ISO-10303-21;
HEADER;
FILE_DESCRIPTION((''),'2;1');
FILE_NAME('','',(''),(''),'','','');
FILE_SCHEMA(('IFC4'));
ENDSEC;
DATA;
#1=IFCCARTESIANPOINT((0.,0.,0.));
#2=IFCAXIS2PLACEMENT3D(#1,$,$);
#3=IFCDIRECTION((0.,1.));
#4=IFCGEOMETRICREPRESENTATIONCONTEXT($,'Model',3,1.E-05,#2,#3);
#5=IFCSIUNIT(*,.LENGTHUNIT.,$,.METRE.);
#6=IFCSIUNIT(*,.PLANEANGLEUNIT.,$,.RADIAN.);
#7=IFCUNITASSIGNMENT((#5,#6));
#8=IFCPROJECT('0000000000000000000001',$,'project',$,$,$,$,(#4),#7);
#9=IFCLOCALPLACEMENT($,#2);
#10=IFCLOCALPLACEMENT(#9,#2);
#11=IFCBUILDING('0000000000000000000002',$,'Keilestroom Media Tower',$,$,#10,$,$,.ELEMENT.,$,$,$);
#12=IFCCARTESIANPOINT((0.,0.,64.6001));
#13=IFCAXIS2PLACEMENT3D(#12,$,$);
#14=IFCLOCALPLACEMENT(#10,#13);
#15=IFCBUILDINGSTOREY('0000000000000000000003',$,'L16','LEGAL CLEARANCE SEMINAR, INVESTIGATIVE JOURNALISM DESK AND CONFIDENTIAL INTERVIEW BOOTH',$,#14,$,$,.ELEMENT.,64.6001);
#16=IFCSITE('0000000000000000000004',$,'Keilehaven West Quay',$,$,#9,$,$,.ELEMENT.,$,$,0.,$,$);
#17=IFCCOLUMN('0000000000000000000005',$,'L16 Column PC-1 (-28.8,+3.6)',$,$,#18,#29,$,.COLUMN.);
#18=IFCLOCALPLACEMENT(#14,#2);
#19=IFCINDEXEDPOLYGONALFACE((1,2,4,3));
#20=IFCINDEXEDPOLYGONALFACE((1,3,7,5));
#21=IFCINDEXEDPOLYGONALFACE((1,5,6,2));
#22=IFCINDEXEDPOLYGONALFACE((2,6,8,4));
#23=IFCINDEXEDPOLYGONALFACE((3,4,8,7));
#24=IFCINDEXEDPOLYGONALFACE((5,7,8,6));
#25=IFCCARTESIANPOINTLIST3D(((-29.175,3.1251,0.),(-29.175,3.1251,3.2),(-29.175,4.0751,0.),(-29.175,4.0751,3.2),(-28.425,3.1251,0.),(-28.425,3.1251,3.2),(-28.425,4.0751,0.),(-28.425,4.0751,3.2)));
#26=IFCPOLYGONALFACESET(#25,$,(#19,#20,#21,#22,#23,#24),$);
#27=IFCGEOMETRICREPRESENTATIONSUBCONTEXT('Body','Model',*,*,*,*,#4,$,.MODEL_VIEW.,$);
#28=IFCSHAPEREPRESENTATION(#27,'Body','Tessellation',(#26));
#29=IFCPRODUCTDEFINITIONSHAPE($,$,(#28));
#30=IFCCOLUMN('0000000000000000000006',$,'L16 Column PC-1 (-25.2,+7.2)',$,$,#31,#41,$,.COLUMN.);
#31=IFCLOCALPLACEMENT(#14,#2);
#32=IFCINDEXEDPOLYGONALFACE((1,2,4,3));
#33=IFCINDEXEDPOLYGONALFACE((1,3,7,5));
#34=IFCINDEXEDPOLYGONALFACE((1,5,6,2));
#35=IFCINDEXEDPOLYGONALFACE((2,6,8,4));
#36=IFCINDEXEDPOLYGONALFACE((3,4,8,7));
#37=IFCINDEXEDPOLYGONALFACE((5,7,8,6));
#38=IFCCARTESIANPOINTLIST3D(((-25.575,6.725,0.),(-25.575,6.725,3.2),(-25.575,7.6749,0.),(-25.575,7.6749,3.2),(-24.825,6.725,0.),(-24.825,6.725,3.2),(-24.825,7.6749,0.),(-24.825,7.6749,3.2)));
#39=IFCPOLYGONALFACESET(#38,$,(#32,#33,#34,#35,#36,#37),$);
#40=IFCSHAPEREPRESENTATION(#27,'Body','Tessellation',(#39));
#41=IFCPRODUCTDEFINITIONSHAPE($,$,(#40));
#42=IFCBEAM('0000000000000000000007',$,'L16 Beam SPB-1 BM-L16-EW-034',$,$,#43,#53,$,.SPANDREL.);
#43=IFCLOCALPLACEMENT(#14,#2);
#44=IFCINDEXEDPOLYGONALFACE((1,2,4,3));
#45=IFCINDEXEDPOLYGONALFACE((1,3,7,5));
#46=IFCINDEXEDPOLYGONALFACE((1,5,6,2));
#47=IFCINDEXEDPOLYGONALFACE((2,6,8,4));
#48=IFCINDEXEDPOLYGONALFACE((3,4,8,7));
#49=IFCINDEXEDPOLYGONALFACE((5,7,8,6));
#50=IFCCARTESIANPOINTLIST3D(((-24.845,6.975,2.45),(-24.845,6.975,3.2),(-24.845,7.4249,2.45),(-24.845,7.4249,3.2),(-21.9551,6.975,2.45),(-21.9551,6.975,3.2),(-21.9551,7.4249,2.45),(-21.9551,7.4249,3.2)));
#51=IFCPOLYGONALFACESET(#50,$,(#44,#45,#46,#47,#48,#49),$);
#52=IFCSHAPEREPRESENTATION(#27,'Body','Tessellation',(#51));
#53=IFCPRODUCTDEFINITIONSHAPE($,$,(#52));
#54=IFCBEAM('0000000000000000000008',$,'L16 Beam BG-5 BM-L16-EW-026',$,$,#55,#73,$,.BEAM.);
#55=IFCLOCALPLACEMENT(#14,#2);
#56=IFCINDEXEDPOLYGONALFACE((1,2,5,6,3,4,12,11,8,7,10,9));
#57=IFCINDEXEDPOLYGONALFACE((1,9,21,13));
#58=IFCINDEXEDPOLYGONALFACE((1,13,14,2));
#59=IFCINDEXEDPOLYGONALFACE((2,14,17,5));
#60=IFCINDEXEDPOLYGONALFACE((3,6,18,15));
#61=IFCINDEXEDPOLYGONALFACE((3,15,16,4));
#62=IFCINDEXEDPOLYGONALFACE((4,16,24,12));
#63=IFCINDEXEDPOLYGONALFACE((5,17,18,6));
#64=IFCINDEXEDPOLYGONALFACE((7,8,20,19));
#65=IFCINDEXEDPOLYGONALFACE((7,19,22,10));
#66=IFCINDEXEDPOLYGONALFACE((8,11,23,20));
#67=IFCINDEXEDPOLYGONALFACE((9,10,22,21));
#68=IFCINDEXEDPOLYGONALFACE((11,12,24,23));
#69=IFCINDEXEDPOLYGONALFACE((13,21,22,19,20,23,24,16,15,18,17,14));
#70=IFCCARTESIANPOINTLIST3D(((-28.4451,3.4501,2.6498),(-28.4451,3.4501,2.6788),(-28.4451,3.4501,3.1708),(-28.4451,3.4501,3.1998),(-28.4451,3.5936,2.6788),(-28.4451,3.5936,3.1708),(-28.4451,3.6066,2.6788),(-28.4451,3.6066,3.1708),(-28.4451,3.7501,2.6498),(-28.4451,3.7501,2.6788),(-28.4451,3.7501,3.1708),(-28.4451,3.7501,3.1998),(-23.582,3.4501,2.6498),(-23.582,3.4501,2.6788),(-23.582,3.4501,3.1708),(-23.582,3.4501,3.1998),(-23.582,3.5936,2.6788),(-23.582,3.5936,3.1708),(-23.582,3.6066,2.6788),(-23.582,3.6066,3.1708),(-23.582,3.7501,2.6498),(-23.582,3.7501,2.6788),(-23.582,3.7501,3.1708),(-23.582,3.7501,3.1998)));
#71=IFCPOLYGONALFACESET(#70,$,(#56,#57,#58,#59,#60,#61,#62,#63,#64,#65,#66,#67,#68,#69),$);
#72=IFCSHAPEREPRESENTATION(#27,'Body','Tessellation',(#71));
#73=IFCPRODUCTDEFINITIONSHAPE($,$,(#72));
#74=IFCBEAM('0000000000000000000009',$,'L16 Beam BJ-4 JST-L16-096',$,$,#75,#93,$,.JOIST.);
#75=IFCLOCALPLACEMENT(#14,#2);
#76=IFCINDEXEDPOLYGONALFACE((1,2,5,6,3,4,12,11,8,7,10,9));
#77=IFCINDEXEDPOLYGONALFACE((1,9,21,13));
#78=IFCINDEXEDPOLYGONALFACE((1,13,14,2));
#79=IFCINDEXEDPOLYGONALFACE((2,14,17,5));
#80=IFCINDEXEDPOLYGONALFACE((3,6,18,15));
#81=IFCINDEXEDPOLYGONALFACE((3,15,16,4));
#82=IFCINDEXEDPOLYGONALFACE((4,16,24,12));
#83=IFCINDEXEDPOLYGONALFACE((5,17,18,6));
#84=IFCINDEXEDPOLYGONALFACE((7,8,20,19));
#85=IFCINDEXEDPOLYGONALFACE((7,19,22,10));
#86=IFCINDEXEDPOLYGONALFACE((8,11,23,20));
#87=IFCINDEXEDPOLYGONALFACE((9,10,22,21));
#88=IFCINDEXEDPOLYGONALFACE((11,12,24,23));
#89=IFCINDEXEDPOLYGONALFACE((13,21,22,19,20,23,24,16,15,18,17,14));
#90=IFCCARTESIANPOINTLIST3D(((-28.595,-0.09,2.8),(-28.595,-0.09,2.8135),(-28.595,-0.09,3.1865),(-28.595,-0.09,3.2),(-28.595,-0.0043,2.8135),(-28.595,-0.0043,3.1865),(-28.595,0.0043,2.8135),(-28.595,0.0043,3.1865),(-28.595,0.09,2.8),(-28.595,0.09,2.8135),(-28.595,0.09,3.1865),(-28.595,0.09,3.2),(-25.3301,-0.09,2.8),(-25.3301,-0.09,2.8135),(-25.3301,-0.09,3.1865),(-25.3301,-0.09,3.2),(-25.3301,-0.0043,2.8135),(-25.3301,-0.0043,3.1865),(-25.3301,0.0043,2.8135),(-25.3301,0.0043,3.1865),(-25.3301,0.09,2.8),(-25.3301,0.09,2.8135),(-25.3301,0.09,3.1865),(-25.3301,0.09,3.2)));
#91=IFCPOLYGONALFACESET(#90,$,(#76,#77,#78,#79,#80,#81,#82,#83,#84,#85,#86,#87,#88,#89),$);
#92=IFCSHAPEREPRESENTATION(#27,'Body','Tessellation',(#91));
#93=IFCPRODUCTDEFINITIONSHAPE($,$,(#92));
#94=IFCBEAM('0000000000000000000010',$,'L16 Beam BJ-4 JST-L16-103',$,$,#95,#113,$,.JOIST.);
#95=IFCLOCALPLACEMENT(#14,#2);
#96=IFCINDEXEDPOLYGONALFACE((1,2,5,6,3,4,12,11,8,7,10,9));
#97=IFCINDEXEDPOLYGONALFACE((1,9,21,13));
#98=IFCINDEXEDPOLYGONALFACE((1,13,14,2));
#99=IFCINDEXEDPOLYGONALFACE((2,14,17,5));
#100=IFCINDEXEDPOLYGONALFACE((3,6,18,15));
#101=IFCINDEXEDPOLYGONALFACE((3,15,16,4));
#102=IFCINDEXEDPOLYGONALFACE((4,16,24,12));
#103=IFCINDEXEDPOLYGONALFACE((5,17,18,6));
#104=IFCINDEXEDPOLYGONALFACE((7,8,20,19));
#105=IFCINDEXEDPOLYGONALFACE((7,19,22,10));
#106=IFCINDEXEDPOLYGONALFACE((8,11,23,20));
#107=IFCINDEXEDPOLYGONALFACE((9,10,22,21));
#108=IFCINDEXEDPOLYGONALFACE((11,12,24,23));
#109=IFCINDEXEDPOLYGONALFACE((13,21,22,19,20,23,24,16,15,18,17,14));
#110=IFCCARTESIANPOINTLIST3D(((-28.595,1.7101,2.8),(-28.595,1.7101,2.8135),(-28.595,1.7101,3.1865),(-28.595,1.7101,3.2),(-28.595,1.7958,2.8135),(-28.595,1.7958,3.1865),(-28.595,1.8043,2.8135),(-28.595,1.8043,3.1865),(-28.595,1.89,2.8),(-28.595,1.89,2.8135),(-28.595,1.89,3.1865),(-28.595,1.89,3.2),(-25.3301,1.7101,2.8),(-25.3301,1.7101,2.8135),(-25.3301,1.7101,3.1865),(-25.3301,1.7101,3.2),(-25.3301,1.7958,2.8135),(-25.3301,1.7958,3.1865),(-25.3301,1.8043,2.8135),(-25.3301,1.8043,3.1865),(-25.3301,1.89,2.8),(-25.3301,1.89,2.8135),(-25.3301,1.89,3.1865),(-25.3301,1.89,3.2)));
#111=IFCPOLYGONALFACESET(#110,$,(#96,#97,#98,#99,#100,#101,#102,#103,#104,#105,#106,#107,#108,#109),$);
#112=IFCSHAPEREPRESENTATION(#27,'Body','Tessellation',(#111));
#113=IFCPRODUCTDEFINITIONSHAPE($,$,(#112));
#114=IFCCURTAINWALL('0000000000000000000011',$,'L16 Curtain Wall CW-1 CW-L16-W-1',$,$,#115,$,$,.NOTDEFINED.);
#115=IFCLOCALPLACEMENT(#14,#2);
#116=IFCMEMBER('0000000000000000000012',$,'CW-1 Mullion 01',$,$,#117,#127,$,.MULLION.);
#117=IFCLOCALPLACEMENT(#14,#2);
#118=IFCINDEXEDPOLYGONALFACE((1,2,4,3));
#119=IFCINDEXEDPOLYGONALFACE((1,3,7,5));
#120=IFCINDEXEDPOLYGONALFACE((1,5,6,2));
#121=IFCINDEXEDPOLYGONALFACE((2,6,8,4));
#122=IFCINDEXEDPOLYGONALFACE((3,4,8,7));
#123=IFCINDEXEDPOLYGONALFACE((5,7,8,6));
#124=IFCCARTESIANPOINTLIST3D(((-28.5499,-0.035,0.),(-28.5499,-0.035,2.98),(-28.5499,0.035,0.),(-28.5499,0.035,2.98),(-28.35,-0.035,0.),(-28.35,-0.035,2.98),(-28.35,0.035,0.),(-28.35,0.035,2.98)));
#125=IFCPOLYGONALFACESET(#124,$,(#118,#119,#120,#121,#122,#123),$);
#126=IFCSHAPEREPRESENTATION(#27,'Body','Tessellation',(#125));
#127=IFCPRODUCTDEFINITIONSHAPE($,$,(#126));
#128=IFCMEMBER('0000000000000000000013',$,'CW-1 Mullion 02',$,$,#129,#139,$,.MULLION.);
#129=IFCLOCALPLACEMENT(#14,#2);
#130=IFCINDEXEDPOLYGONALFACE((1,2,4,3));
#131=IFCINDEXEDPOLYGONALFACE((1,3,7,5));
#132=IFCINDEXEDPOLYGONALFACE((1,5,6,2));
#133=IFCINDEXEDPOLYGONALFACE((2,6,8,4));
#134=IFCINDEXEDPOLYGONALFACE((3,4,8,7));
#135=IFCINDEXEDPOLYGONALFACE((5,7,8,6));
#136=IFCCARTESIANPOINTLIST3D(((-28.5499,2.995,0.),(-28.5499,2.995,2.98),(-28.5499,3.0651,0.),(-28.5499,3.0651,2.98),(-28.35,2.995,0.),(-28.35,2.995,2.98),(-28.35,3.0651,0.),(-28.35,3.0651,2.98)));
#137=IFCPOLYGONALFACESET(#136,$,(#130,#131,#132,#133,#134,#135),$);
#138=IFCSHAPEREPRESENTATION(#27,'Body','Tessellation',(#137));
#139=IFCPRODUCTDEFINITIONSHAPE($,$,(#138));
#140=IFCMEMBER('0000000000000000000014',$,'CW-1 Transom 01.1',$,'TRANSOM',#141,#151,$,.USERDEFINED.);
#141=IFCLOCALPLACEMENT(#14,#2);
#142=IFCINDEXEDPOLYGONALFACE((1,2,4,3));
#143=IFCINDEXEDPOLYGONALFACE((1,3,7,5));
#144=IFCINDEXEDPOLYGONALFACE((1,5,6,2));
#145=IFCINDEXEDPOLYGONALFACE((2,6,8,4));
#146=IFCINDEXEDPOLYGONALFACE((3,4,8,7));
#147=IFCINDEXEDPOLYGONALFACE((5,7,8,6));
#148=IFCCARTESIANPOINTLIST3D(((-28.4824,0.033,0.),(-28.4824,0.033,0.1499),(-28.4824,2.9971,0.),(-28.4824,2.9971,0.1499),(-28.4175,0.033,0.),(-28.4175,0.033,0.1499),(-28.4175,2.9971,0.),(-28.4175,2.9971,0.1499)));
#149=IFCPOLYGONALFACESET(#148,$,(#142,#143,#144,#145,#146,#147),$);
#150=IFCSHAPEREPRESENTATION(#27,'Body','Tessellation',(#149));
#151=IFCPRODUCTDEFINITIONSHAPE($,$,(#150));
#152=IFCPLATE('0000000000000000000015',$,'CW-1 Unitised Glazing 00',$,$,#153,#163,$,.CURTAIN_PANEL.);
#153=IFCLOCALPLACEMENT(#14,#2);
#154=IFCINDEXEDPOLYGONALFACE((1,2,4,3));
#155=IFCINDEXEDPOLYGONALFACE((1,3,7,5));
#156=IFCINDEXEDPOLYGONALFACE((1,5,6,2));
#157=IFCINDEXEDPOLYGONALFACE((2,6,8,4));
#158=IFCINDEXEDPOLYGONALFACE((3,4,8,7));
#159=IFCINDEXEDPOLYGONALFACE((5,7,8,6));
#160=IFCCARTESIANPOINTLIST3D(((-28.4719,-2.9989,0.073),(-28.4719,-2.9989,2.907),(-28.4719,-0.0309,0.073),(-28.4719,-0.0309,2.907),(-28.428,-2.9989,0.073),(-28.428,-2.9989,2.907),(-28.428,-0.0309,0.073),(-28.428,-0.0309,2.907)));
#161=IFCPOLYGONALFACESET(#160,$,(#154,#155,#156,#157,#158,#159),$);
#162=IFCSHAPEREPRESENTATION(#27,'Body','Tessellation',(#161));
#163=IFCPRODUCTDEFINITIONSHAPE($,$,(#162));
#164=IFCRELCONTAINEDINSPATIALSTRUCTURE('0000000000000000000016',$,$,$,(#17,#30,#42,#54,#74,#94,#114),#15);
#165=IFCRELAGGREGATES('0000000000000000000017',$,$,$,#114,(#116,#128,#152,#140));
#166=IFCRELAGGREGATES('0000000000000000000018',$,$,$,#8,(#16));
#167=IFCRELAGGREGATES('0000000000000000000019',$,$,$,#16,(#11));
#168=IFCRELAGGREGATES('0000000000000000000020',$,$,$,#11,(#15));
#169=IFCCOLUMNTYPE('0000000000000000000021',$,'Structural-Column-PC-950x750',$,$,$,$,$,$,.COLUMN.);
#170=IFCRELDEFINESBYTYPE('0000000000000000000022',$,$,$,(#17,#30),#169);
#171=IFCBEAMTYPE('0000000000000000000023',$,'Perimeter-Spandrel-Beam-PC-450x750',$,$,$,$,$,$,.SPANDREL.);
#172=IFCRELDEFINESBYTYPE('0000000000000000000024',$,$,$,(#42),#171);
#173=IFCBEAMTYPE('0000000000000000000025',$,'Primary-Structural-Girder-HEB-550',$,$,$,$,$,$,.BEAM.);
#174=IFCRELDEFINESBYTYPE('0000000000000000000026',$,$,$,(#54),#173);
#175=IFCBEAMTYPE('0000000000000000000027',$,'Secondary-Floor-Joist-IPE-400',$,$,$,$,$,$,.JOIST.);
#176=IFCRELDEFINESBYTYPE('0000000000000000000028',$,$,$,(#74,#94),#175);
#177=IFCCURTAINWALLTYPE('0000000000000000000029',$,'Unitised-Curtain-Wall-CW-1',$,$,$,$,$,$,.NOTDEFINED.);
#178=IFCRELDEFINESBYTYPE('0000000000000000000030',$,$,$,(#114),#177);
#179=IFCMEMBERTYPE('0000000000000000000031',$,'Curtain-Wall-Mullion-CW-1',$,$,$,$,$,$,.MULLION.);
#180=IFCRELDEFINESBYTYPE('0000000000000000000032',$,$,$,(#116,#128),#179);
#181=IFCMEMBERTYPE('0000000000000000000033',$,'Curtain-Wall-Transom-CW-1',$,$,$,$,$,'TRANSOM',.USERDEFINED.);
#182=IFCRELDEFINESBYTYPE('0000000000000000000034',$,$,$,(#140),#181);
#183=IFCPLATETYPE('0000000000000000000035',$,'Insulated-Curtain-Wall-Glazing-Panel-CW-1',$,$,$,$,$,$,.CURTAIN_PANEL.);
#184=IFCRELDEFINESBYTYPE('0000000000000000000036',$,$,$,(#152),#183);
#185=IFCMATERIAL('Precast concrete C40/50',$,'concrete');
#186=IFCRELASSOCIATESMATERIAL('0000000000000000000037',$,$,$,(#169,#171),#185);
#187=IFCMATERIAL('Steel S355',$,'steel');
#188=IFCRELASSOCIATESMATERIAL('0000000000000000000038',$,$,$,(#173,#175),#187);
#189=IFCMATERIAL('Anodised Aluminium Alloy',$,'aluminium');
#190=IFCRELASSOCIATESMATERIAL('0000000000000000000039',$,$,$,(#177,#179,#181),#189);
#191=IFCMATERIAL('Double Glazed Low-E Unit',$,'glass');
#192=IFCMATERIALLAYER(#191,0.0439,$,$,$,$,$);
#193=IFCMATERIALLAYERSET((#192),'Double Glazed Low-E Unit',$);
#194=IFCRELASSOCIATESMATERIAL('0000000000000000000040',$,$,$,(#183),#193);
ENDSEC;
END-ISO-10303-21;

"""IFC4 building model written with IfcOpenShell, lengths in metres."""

from ifc_helpers import new_model, si_unit, direction, frame, origin, origin_2d, place, context, subcontext, project, spatial, rectangle, i_section, extrude, source, transform, mapped, material, layer, layer_set, material_profile, profile_set, type_object, element, aggregate, save


model = new_model("IFC4")

# Units and contexts
model_context = context("Model", 3, precision=1e-05, world=origin(), true_north=direction((0.0, 1.0)))
body_context = subcontext(model_context, "Body", "Model", "MODEL_VIEW")
ifc_project = project(units=[si_unit("LENGTHUNIT", "METRE"), si_unit("PLANEANGLEUNIT", "RADIAN")], contexts=[model_context])

# Site, building, storey
site_placement = place(None, origin())
site = spatial("IfcSite", under=ifc_project, at=site_placement, Name="Keilehaven West Quay", CompositionType="ELEMENT", RefElevation=0.0)
building_placement = place(site_placement, origin())
building = spatial("IfcBuilding", under=site, at=building_placement, Name="Keilestroom Media Tower", CompositionType="ELEMENT")
storey_placement = place(building_placement, frame((0.0, 0.0, 64.6001)))
storey = spatial("IfcBuildingStorey", under=building, at=storey_placement, Name="L16", Description="LEGAL CLEARANCE SEMINAR, INVESTIGATIVE JOURNALISM DESK AND CONFIDENTIAL INTERVIEW BOOTH", CompositionType="ELEMENT", Elevation=64.6001)

# Columns
ifc_material_1 = material(Name="Precast concrete C40/50", Category="concrete")
ifc_material_profile_1 = material_profile(ifc_material_1, rectangle(XDim=0.75, YDim=0.95, at=origin_2d()), Name="PC 950x750")
ifc_profile_set_1 = profile_set([ifc_material_profile_1], Name="Precast concrete C40/50")
column_type = type_object("IfcColumnType", Name="Structural-Column-PC-950x750", PredefinedType="COLUMN", material=ifc_profile_set_1)
shared_shape_1 = source(origin(), body_context, "Body", "SweptSolid", [
    extrude(rectangle(XDim=0.75, YDim=0.95, at=origin_2d()), origin(), (0.0, 0.0, 1.0), 3.2),
])
for number, where, z_axis, x_axis, name in (
    (1, (-28.8, 3.6001, 0.0), (0.0, 0.0, 1.0), (1.0, 0.0, 0.0), "L16 Column PC-1 (-28.8,+3.6)"),
    (2, (-25.2, 7.2, 0.0), (0.0, 0.0, 1.0), (1.0, 0.0, 0.0), "L16 Column PC-1 (-25.2,+7.2)"),
):
    element("IfcColumn", number, at=place(storey_placement, frame(where, z_axis=z_axis, x_axis=x_axis)), inside=storey, type_object=column_type, Name=name, PredefinedType="COLUMN", context=body_context, shape_type="MappedRepresentation", body=[
        mapped(shared_shape_1, transform((0.0, 0.0, 0.0), x_axis=(1.0, 0.0, 0.0), y_axis=(0.0, 1.0, 0.0), z_axis=(0.0, 0.0, 1.0), scale=1.0)),
    ])

# Beams
ifc_material_profile_2 = material_profile(ifc_material_1, rectangle(XDim=0.45, YDim=0.75, at=origin_2d()), Name="PC 450x750")
ifc_profile_set_2 = profile_set([ifc_material_profile_2], Name="Precast concrete C40/50")
beam_type_1 = type_object("IfcBeamType", Name="Perimeter-Spandrel-Beam-PC-450x750", PredefinedType="SPANDREL", material=ifc_profile_set_2)
shared_shape_2 = source(origin(), body_context, "Body", "SweptSolid", [
    extrude(rectangle(XDim=0.45, YDim=0.75, at=origin_2d()), origin(), (0.0, 0.0, 1.0), 2.8899),
])
beam_1_placement = place(storey_placement, frame((-24.845, 7.2, 2.825), z_axis=(1.0, 0.0, 0.0), x_axis=(0.0, 1.0, 0.0)))
element("IfcBeam", 3, at=beam_1_placement, inside=storey, type_object=beam_type_1, Name="L16 Beam SPB-1 BM-L16-EW-034", PredefinedType="SPANDREL", context=body_context, shape_type="MappedRepresentation", body=[
    mapped(shared_shape_2, transform((0.0, 0.0, 0.0), x_axis=(1.0, 0.0, 0.0), y_axis=(0.0, 1.0, 0.0), z_axis=(0.0, 0.0, 1.0), scale=1.0)),
])
ifc_material_2 = material(Name="Steel S355", Category="steel")
ifc_material_profile_3 = material_profile(ifc_material_2, i_section(OverallWidth=0.3, OverallDepth=0.55, WebThickness=0.0129, FlangeThickness=0.0291, at=origin_2d()), Name="HEB 550")
ifc_profile_set_3 = profile_set([ifc_material_profile_3], Name="Steel S355")
beam_type_2 = type_object("IfcBeamType", Name="Primary-Structural-Girder-HEB-550", PredefinedType="BEAM", material=ifc_profile_set_3)
shared_shape_3 = source(origin(), body_context, "Body", "SweptSolid", [
    extrude(i_section(OverallWidth=0.3, OverallDepth=0.55, WebThickness=0.0129, FlangeThickness=0.0291, at=origin_2d()), origin(), (0.0, 0.0, 1.0), 4.863),
])
beam_2_placement = place(storey_placement, frame((-28.4451, 3.6001, 2.9248), z_axis=(1.0, 0.0, 0.0), x_axis=(0.0, 1.0, 0.0)))
element("IfcBeam", 4, at=beam_2_placement, inside=storey, type_object=beam_type_2, Name="L16 Beam BG-5 BM-L16-EW-026", PredefinedType="BEAM", context=body_context, shape_type="MappedRepresentation", body=[
    mapped(shared_shape_3, transform((0.0, 0.0, 0.0), x_axis=(1.0, 0.0, 0.0), y_axis=(0.0, 1.0, 0.0), z_axis=(0.0, 0.0, 1.0), scale=1.0)),
])
ifc_material_profile_4 = material_profile(ifc_material_2, i_section(OverallWidth=0.1799, OverallDepth=0.3999, WebThickness=0.0085, FlangeThickness=0.0134, at=origin_2d()), Name="IPE 400")
ifc_profile_set_4 = profile_set([ifc_material_profile_4], Name="Steel S355")
beam_type_3 = type_object("IfcBeamType", Name="Secondary-Floor-Joist-IPE-400", PredefinedType="JOIST", material=ifc_profile_set_4)
shared_shape_4 = source(origin(), body_context, "Body", "SweptSolid", [
    extrude(i_section(OverallWidth=0.1799, OverallDepth=0.3999, WebThickness=0.0085, FlangeThickness=0.0134, at=origin_2d()), origin(), (0.0, 0.0, 1.0), 3.2649),
])
for number, where, z_axis, x_axis, name in (
    (5, (-28.595, 0.0, 3.0), (1.0, 0.0, 0.0), (0.0, 1.0, 0.0), "L16 Beam BJ-4 JST-L16-096"),
    (6, (-28.595, 1.8, 3.0), (1.0, 0.0, 0.0), (0.0, 1.0, 0.0), "L16 Beam BJ-4 JST-L16-103"),
):
    element("IfcBeam", number, at=place(storey_placement, frame(where, z_axis=z_axis, x_axis=x_axis)), inside=storey, type_object=beam_type_3, Name=name, PredefinedType="JOIST", context=body_context, shape_type="MappedRepresentation", body=[
        mapped(shared_shape_4, transform((0.0, 0.0, 0.0), x_axis=(1.0, 0.0, 0.0), y_axis=(0.0, 1.0, 0.0), z_axis=(0.0, 0.0, 1.0), scale=1.0)),
    ])

# Curtain wall, members, plate
ifc_material_3 = material(Name="Anodised Aluminium Alloy", Category="aluminium")
curtain_wall_type = type_object("IfcCurtainWallType", Name="Unitised-Curtain-Wall-CW-1", PredefinedType="NOTDEFINED", material=ifc_material_3)
curtain_wall_placement = place(storey_placement, origin())
curtain_wall = element("IfcCurtainWall", 7, at=curtain_wall_placement, inside=storey, type_object=curtain_wall_type, Name="L16 Curtain Wall CW-1 CW-L16-W-1", PredefinedType="NOTDEFINED")
ifc_material_profile_5 = material_profile(ifc_material_3, rectangle(XDim=0.0701, YDim=0.2, at=origin_2d()), Name="ALU MULLION 70x200")
ifc_profile_set_5 = profile_set([ifc_material_profile_5], Name="Anodised Aluminium Alloy")
member_type_1 = type_object("IfcMemberType", Name="Curtain-Wall-Mullion-CW-1", PredefinedType="MULLION", material=ifc_profile_set_5)
shared_shape_5 = source(origin(), body_context, "Body", "SweptSolid", [
    extrude(rectangle(XDim=0.0701, YDim=0.2, at=origin_2d()), origin(), (0.0, 0.0, 1.0), 2.98),
])
member_1_placement = place(storey_placement, frame((-28.45, 0.0, 0.0), z_axis=(0.0, 0.0, 1.0), x_axis=(0.0, 1.0, 0.0)))
member_1 = element("IfcMember", 8, at=member_1_placement, type_object=member_type_1, Name="CW-1 Mullion 01", PredefinedType="MULLION", context=body_context, shape_type="MappedRepresentation", body=[
    mapped(shared_shape_5, transform((0.0, 0.0, 0.0), x_axis=(1.0, 0.0, 0.0), y_axis=(0.0, 1.0, 0.0), z_axis=(0.0, 0.0, 1.0), scale=1.0)),
])
member_2_placement = place(storey_placement, frame((-28.45, 3.03, 0.0), z_axis=(0.0, 0.0, 1.0), x_axis=(0.0, 1.0, 0.0)))
member_2 = element("IfcMember", 9, at=member_2_placement, type_object=member_type_1, Name="CW-1 Mullion 02", PredefinedType="MULLION", context=body_context, shape_type="MappedRepresentation", body=[
    mapped(shared_shape_5, transform((0.0, 0.0, 0.0), x_axis=(1.0, 0.0, 0.0), y_axis=(0.0, 1.0, 0.0), z_axis=(0.0, 0.0, 1.0), scale=1.0)),
])
ifc_material_profile_6 = material_profile(ifc_material_3, rectangle(XDim=0.0649, YDim=0.1499, at=origin_2d()), Name="ALU TRANSOM 65x150")
ifc_profile_set_6 = profile_set([ifc_material_profile_6], Name="Anodised Aluminium Alloy")
member_type_2 = type_object("IfcMemberType", Name="Curtain-Wall-Transom-CW-1", ElementType="TRANSOM", PredefinedType="USERDEFINED", material=ifc_profile_set_6)
shared_shape_6 = source(origin(), body_context, "Body", "SweptSolid", [
    extrude(rectangle(XDim=0.0649, YDim=0.1499, at=origin_2d()), origin(), (0.0, 0.0, 1.0), 2.9641),
])
member_3_placement = place(storey_placement, frame((-28.45, 0.033, 0.075), z_axis=(0.0, 1.0, 0.0), x_axis=(-1.0, 0.0, 0.0)))
member_3 = element("IfcMember", 10, at=member_3_placement, type_object=member_type_2, Name="CW-1 Transom 01.1", ObjectType="TRANSOM", PredefinedType="USERDEFINED", context=body_context, shape_type="MappedRepresentation", body=[
    mapped(shared_shape_6, transform((0.0, 0.0, 0.0), x_axis=(1.0, 0.0, 0.0), y_axis=(0.0, 1.0, 0.0), z_axis=(0.0, 0.0, 1.0), scale=1.0)),
])
ifc_material_4 = material(Name="Double Glazed Low-E Unit", Category="glass")
ifc_layer_1 = layer(ifc_material_4, 0.0439)
ifc_layer_set_1 = layer_set([ifc_layer_1], Name="Double Glazed Low-E Unit")
plate_type = type_object("IfcPlateType", Name="Insulated-Curtain-Wall-Glazing-Panel-CW-1", PredefinedType="CURTAIN_PANEL", material=ifc_layer_set_1)
shared_shape_7 = source(origin(), body_context, "Body", "SweptSolid", [
    extrude(rectangle(XDim=2.968, YDim=0.0439, at=origin_2d()), origin(), (0.0, 0.0, 1.0), 2.834),
])
plate_1_placement = place(storey_placement, frame((-28.45, -1.5149, 0.073), z_axis=(0.0, 0.0, 1.0), x_axis=(0.0, 1.0, 0.0)))
plate_1 = element("IfcPlate", 11, at=plate_1_placement, type_object=plate_type, Name="CW-1 Unitised Glazing 00", PredefinedType="CURTAIN_PANEL", context=body_context, shape_type="MappedRepresentation", body=[
    mapped(shared_shape_7, transform((0.0, 0.0, 0.0), x_axis=(1.0, 0.0, 0.0), y_axis=(0.0, 1.0, 0.0), z_axis=(0.0, 0.0, 1.0), scale=1.0)),
])
aggregate(curtain_wall, [member_1, member_2, plate_1, member_3])

save(model, "model.ifc")
